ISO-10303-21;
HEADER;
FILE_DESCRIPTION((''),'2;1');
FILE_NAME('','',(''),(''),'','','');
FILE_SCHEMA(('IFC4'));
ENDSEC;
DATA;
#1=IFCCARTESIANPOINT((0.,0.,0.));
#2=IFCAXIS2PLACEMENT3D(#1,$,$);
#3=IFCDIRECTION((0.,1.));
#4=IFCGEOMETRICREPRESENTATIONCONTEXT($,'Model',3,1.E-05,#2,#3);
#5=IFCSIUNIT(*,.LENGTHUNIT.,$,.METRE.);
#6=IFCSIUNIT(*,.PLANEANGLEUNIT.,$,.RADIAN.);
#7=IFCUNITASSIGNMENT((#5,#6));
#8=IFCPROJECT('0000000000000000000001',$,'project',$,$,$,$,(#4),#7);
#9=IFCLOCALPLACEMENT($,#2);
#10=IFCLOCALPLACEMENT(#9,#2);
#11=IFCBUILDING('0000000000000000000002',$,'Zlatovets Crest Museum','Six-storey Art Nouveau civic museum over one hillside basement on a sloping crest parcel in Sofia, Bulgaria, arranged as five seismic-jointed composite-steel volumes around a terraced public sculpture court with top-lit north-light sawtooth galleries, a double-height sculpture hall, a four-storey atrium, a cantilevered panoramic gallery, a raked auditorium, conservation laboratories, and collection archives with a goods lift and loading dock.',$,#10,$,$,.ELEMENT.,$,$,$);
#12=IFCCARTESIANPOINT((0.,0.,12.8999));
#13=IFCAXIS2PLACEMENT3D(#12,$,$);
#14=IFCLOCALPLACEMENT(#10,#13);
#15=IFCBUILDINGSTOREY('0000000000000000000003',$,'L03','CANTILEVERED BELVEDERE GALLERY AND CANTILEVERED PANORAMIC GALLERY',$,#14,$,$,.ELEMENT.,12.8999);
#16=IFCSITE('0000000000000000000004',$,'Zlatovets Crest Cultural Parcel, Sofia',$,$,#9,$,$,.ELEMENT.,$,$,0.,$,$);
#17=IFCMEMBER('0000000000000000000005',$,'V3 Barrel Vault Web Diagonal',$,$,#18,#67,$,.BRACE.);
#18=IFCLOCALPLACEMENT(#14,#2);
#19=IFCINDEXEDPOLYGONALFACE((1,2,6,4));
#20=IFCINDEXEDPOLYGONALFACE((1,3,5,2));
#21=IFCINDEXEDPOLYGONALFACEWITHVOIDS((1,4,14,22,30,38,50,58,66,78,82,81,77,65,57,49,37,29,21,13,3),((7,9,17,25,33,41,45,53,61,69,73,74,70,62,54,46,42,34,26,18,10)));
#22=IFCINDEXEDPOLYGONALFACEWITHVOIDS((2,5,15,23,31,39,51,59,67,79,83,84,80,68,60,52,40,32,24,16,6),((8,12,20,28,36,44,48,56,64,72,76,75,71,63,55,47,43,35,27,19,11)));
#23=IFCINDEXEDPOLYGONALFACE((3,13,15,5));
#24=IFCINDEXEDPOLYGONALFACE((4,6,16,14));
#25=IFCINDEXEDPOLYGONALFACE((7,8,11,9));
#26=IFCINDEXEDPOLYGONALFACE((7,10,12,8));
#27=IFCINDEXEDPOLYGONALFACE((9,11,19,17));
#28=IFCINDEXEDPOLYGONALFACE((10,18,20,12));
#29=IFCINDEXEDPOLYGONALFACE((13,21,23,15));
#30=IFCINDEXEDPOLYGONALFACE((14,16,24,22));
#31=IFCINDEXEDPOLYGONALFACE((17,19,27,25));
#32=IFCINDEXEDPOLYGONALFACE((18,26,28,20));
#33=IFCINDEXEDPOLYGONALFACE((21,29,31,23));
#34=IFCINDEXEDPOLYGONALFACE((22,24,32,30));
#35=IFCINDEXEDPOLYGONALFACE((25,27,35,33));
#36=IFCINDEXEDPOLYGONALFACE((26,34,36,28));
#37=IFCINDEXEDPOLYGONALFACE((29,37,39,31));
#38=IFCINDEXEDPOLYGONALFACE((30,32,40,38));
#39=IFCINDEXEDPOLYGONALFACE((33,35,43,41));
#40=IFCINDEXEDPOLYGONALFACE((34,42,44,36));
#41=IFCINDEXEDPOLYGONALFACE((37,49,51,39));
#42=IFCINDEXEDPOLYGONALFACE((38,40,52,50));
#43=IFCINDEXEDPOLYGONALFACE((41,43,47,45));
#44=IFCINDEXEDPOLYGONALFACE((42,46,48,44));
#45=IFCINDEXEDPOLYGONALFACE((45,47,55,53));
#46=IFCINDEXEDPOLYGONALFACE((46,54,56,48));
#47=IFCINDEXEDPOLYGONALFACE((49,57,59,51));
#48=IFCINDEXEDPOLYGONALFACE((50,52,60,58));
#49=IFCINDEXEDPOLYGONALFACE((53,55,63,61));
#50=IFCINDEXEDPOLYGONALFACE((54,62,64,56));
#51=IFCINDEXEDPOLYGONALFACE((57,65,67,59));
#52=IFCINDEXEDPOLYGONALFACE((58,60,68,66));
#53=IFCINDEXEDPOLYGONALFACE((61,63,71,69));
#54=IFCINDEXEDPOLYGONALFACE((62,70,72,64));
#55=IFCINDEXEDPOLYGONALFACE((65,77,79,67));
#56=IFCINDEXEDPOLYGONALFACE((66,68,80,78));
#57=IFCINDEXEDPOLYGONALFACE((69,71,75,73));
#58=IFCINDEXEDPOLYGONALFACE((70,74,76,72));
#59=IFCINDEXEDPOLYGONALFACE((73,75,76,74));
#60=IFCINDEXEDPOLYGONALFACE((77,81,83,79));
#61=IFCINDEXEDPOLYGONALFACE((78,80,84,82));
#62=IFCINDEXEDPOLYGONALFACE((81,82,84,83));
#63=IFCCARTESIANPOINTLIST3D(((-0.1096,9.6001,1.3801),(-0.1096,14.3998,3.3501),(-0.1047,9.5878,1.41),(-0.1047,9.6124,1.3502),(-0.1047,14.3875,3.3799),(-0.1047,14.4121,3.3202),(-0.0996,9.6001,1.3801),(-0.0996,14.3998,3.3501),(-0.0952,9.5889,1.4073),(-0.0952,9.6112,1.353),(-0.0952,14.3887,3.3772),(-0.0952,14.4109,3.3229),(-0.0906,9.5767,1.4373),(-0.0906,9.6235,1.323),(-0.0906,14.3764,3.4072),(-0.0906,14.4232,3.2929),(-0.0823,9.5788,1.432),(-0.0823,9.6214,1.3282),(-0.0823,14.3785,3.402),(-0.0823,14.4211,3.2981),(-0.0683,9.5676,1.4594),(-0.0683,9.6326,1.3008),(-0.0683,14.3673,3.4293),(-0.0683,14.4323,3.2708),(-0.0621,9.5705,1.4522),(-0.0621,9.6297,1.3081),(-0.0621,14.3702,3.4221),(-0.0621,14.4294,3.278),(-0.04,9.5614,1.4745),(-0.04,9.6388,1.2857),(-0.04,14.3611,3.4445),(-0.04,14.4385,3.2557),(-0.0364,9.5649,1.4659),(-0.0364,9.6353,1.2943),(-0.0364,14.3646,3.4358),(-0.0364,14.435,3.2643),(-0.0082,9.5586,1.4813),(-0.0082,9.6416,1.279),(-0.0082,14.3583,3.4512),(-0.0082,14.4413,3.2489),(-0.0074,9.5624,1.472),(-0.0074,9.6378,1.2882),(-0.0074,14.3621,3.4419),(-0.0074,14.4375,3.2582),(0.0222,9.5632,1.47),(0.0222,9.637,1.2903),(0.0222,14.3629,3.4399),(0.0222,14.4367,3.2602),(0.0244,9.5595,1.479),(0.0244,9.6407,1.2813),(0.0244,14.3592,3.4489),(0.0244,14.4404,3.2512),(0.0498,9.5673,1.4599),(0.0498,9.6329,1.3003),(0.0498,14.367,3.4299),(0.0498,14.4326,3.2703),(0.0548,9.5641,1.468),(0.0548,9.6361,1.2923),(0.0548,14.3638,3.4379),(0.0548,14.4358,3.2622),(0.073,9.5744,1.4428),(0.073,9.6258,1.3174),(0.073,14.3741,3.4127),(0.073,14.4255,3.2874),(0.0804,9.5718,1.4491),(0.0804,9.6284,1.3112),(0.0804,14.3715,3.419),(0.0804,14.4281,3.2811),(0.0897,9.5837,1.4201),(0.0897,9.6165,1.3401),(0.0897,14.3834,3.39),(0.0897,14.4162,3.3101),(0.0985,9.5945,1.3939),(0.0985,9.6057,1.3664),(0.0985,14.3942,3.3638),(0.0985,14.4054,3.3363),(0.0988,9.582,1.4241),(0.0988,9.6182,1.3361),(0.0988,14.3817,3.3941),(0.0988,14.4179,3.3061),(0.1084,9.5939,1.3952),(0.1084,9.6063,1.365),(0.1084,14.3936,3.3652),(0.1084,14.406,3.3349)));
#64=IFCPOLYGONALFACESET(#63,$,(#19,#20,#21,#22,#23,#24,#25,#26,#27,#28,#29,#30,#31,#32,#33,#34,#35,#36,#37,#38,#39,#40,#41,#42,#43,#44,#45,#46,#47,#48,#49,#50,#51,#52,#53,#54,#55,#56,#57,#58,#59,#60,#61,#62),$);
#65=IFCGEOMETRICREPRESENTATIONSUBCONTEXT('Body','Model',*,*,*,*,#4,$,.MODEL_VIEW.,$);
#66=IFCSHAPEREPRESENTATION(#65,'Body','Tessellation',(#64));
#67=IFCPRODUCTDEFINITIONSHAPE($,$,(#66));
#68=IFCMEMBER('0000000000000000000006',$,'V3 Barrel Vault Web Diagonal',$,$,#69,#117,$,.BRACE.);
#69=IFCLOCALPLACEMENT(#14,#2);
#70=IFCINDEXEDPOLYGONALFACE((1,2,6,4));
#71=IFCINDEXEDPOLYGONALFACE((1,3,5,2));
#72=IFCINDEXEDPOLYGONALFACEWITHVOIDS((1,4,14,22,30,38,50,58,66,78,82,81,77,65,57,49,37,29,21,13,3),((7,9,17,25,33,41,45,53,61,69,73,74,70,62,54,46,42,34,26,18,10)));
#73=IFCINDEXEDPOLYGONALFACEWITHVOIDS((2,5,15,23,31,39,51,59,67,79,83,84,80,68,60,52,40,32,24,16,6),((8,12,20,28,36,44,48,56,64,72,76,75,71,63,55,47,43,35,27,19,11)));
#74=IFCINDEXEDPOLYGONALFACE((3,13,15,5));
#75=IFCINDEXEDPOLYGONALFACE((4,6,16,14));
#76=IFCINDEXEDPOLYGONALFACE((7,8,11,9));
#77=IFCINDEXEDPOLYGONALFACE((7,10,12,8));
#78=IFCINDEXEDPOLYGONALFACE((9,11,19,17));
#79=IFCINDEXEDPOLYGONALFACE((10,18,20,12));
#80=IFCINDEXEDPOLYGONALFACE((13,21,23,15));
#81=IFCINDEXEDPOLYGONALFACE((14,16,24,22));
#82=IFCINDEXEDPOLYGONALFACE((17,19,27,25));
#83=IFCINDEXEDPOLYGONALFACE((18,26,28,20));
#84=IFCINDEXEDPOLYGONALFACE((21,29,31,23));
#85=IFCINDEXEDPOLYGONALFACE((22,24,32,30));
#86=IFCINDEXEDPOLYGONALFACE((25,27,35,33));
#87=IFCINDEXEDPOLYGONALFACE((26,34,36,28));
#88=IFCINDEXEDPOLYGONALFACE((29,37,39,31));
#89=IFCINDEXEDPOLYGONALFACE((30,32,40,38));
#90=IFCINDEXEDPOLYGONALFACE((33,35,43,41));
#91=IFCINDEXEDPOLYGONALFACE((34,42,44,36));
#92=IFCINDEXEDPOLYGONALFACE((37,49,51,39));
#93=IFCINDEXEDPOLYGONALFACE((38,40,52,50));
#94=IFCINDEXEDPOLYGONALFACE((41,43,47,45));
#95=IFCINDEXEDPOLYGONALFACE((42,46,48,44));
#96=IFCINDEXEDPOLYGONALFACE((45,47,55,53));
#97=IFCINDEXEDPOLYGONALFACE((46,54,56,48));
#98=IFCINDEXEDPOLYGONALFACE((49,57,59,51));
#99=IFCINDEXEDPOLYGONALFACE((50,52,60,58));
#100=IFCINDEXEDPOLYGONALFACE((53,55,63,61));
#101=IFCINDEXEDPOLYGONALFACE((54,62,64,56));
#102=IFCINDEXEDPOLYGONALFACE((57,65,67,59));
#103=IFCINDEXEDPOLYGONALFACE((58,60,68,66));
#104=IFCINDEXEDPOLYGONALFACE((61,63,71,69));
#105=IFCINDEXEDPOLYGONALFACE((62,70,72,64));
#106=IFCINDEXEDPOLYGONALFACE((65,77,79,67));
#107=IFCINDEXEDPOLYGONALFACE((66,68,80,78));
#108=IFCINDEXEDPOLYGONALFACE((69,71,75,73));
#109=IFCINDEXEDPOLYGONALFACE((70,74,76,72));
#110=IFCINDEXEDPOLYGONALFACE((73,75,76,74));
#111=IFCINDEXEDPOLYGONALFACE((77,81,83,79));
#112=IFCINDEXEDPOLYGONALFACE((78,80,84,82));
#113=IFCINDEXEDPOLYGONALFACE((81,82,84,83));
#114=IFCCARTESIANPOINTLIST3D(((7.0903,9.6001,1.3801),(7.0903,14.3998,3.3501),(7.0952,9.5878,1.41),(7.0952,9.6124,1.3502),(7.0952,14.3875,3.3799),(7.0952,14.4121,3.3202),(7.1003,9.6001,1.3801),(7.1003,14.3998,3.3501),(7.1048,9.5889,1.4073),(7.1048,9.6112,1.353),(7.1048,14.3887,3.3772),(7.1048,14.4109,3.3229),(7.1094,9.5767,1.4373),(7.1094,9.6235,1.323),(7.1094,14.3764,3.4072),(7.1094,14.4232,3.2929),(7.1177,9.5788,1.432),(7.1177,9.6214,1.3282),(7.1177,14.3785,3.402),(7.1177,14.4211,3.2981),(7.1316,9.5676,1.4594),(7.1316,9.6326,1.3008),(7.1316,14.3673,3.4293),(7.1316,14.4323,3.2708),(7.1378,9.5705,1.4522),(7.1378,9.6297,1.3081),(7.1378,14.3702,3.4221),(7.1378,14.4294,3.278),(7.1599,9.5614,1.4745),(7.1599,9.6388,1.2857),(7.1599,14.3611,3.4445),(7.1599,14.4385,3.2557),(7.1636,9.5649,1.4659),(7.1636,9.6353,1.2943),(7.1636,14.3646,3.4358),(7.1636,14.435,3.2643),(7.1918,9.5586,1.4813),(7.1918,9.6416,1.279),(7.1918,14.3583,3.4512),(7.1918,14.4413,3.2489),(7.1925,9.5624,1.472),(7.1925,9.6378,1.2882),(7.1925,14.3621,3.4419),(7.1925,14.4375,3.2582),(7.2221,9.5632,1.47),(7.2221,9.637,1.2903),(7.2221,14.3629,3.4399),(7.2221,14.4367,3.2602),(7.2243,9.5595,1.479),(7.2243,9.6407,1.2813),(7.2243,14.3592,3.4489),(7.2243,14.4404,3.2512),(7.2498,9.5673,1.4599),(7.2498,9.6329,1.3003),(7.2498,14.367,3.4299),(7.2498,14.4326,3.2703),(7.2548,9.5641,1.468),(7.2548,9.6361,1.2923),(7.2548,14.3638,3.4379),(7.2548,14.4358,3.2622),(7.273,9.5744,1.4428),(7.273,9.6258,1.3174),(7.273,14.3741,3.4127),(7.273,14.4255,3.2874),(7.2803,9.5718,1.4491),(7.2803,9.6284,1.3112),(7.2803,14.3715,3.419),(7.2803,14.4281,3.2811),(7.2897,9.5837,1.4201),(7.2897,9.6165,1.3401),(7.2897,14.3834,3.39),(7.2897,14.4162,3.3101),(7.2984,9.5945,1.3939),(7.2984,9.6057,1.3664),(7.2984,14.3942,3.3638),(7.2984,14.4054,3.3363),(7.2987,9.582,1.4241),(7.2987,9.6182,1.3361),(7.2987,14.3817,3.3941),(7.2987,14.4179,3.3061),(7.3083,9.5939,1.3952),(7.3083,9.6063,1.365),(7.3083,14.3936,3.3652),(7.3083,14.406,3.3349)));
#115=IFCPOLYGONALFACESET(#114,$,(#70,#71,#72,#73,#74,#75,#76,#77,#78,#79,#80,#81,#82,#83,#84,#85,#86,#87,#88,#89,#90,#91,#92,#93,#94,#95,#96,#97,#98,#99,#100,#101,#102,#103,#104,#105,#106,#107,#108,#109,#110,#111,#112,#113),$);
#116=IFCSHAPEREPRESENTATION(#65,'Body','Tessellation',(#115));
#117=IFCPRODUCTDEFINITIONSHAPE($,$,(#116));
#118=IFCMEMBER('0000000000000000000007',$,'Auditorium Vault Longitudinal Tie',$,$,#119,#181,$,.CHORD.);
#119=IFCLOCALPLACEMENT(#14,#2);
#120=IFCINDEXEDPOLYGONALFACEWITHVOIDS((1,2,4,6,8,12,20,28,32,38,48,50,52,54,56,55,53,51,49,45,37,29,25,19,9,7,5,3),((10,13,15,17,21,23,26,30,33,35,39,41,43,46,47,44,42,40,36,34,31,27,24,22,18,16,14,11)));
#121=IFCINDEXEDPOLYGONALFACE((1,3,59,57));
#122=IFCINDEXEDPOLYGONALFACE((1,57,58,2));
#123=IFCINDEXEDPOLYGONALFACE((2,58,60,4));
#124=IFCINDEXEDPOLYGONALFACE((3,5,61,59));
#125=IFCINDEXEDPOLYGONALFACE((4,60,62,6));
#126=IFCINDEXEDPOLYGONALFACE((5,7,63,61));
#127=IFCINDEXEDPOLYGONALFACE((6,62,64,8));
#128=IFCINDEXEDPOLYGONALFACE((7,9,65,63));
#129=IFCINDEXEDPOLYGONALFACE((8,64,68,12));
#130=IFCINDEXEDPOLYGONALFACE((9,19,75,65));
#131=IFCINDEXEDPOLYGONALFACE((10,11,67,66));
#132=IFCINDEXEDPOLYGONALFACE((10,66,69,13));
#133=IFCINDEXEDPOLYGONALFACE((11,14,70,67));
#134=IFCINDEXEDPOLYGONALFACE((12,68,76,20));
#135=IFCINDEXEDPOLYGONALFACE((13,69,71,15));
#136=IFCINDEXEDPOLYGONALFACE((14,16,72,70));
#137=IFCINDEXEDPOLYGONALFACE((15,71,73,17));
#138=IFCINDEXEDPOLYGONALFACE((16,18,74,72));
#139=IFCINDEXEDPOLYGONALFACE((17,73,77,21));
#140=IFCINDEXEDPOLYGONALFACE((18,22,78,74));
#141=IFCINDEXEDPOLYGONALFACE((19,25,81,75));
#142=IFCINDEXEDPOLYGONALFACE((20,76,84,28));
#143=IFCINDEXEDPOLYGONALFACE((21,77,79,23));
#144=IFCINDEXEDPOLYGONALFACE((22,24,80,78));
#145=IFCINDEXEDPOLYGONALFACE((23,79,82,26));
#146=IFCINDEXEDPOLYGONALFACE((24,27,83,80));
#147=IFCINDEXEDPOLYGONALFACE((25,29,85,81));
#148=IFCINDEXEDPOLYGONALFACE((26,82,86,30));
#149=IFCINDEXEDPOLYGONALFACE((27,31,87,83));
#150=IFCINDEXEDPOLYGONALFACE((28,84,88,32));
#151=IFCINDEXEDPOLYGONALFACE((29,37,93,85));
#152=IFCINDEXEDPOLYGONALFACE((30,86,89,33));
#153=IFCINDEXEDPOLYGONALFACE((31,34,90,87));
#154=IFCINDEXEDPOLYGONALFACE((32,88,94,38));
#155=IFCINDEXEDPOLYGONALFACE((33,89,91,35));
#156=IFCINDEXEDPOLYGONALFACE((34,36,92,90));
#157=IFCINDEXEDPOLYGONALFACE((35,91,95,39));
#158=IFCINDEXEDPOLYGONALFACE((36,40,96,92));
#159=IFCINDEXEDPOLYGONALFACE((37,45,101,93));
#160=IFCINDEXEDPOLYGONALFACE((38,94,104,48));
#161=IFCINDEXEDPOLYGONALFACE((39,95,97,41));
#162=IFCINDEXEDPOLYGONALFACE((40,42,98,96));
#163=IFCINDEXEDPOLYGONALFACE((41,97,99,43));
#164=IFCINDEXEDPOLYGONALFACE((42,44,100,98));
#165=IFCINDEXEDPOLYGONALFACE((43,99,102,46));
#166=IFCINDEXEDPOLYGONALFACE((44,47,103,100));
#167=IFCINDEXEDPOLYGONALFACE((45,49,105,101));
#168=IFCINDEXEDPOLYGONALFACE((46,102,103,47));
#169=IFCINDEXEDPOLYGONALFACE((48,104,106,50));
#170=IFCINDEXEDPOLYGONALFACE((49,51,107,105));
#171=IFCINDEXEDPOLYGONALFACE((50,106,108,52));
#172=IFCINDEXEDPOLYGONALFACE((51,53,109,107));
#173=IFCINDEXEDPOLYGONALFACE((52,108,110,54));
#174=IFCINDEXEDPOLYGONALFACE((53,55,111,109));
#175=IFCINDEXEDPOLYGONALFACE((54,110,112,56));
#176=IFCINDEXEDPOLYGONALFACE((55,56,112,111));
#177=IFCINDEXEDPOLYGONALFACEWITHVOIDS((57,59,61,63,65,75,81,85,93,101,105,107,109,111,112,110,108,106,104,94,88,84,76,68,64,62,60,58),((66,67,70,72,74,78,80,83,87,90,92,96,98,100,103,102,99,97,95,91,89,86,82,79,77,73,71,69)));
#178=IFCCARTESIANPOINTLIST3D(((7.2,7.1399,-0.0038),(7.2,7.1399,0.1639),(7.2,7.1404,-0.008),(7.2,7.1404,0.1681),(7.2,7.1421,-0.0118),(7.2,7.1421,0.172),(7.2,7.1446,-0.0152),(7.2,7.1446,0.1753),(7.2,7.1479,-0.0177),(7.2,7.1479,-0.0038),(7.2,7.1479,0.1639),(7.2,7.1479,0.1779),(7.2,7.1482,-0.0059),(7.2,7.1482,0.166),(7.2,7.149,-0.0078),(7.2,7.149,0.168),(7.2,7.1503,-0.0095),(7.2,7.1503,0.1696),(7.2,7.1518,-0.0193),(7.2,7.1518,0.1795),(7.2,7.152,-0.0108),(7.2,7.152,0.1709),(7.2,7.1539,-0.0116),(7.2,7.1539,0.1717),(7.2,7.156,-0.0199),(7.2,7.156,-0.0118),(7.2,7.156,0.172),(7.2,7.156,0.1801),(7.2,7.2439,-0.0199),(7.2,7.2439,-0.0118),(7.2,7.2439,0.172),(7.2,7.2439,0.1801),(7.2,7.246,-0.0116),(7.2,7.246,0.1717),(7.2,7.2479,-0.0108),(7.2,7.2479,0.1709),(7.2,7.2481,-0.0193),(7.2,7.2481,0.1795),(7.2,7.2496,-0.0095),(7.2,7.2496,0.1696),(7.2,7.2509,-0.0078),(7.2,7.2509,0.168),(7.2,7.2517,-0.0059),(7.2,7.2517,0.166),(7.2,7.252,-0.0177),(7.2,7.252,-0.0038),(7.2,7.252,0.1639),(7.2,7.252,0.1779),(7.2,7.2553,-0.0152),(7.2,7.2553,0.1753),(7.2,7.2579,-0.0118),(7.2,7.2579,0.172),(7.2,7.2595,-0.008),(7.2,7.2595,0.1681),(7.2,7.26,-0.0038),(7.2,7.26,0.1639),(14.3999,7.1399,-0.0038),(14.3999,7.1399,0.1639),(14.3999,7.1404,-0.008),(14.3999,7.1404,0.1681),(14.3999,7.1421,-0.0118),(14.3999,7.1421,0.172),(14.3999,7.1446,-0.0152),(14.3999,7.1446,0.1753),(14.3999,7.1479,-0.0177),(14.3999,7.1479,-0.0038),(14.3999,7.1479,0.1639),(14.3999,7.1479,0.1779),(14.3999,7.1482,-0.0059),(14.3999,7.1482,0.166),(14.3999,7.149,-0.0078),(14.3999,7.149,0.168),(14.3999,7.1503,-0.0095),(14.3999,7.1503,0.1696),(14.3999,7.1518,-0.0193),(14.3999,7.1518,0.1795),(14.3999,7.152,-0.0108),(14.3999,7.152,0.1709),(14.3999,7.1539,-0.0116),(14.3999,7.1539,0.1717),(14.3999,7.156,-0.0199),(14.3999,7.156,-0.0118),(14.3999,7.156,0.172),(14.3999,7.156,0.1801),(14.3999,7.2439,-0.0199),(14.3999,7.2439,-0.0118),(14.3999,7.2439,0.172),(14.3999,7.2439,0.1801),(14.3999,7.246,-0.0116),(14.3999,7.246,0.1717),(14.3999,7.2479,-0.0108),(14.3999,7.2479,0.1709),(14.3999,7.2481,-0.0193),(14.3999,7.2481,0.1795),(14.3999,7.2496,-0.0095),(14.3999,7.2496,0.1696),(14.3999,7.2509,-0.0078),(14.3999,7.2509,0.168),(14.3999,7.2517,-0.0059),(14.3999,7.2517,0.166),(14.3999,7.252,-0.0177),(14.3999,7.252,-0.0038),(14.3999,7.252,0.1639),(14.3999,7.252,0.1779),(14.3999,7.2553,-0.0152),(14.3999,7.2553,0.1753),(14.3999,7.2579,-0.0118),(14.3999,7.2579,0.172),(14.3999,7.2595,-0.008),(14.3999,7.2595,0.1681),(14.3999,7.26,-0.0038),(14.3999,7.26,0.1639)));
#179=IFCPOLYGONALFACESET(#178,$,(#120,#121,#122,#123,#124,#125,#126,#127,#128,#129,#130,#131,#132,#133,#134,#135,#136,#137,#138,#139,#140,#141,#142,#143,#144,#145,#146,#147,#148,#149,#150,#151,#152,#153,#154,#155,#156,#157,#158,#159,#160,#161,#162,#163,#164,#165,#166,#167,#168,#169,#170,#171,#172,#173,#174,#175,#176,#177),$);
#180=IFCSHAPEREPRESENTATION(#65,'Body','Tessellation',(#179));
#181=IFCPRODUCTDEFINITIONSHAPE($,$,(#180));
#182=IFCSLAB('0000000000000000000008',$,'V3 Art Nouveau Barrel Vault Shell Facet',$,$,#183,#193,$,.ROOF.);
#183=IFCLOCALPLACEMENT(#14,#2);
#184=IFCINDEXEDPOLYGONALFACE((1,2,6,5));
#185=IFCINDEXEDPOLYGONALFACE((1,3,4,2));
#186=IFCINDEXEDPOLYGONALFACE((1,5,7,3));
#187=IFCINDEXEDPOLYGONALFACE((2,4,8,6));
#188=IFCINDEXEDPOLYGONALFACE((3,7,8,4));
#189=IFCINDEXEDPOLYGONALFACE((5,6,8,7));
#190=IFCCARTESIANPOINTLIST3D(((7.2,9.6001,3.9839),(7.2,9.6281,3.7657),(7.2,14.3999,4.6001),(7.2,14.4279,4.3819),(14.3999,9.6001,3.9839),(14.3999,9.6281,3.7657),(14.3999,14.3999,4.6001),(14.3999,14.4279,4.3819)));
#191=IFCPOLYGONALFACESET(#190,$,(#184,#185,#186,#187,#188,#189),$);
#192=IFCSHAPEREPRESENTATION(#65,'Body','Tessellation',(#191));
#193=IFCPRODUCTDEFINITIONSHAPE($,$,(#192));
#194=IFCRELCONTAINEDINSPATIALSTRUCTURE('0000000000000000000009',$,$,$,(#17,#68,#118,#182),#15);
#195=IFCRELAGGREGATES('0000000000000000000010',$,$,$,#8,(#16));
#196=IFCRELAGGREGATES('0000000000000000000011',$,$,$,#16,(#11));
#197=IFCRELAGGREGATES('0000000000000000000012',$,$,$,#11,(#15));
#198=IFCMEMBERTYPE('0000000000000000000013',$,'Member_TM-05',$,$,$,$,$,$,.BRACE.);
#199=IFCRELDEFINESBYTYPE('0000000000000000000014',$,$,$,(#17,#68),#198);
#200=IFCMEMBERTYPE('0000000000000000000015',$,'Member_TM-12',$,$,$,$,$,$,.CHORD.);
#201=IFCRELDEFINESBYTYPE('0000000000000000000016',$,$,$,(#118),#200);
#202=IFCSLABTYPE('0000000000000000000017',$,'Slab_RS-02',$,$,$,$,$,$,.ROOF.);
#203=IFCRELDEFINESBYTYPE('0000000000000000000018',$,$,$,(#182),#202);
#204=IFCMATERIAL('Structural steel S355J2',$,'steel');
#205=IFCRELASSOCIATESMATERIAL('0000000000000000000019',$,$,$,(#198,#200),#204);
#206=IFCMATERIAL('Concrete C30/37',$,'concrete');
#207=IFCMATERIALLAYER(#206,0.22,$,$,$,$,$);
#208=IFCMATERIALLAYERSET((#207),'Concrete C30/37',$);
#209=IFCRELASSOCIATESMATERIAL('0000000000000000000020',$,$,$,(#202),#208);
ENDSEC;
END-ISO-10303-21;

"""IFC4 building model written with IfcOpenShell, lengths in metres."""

from ifc_helpers import new_model, si_unit, direction, frame, origin, origin_2d, place, context, subcontext, project, spatial, polyline, hollow_rectangle, hollow_circle, outline, extrude, material, layer, layer_set, material_profile, profile_set, type_object, element, save


model = new_model("IFC4")

# Units and contexts
model_context = context("Model", 3, precision=1e-05, world=origin(), true_north=direction((0.0, 1.0)))
body_context = subcontext(model_context, "Body", "Model", "MODEL_VIEW")
ifc_project = project(units=[si_unit("LENGTHUNIT", "METRE"), si_unit("PLANEANGLEUNIT", "RADIAN")], contexts=[model_context])

# Site, building, storey
site_placement = place(None, origin())
site = spatial("IfcSite", under=ifc_project, at=site_placement, Name="Zlatovets Crest Cultural Parcel, Sofia", CompositionType="ELEMENT", RefElevation=0.0)
building_placement = place(site_placement, origin())
building = spatial("IfcBuilding", under=site, at=building_placement, Name="Zlatovets Crest Museum", Description="Six-storey Art Nouveau civic museum over one hillside basement on a sloping crest parcel in Sofia, Bulgaria, arranged as five seismic-jointed composite-steel volumes around a terraced public sculpture court with top-lit north-light sawtooth galleries, a double-height sculpture hall, a four-storey atrium, a cantilevered panoramic gallery, a raked auditorium, conservation laboratories, and collection archives with a goods lift and loading dock.", CompositionType="ELEMENT")
storey_placement = place(building_placement, frame((0.0, 0.0, 12.8999)))
storey = spatial("IfcBuildingStorey", under=building, at=storey_placement, Name="L03", Description="CANTILEVERED BELVEDERE GALLERY AND CANTILEVERED PANORAMIC GALLERY", CompositionType="ELEMENT", Elevation=12.8999)

# Shared definitions
ifc_material_1 = material(Name="Structural steel S355J2", Category="steel")

# Members
ifc_material_profile_1 = material_profile(ifc_material_1, hollow_circle(Radius=0.1096, WallThickness=0.01, at=origin_2d()), Name="CHS 219.1x10.0")
ifc_profile_set_1 = profile_set([ifc_material_profile_1], Name="Structural steel S355J2")
member_type_1 = type_object("IfcMemberType", Name="Member_TM-05", PredefinedType="BRACE", material=ifc_profile_set_1)
for number, where, z_axis, x_axis, name in (
    (1, (0.0, 9.6001, 1.3801), (0.0, 0.925113, 0.379692), (-1.0, 0.0, 0.0), "V3 Barrel Vault Web Diagonal"),
    (2, (7.2, 9.6001, 1.3801), (0.0, 0.925113, 0.379692), (-1.0, 0.0, 0.0), "V3 Barrel Vault Web Diagonal"),
):
    element("IfcMember", number, at=place(storey_placement, frame(where, z_axis=z_axis, x_axis=x_axis)), inside=storey, type_object=member_type_1, Name=name, PredefinedType="BRACE", context=body_context, shape_type="SweptSolid", body=[
        extrude(hollow_circle(Radius=0.1096, WallThickness=0.01, at=origin_2d()), origin(), (0.0, 0.0, 1.0), 5.1882),
    ])
ifc_material_profile_2 = material_profile(ifc_material_1, hollow_rectangle(XDim=0.1201, YDim=0.2, WallThickness=0.0081, InnerFilletRadius=0.0081, OuterFilletRadius=0.0161, at=origin_2d()), Name="RHS 120x200x8.0")
ifc_profile_set_2 = profile_set([ifc_material_profile_2], Name="Structural steel S355J2")
member_type_2 = type_object("IfcMemberType", Name="Member_TM-12", PredefinedType="CHORD", material=ifc_profile_set_2)
member_1_placement = place(storey_placement, frame((7.2, 7.2, 0.0801), z_axis=(1.0, 0.0, 0.0), x_axis=(0.0, 1.0, 0.0)))
element("IfcMember", 3, at=member_1_placement, inside=storey, type_object=member_type_2, Name="Auditorium Vault Longitudinal Tie", PredefinedType="CHORD", context=body_context, shape_type="SweptSolid", body=[
    extrude(hollow_rectangle(XDim=0.1201, YDim=0.2, WallThickness=0.0081, InnerFilletRadius=0.0081, OuterFilletRadius=0.0161, at=origin_2d()), origin(), (0.0, 0.0, 1.0), 7.2),
])

# Slab
ifc_material_2 = material(Name="Concrete C30/37", Category="concrete")
ifc_layer = layer(ifc_material_2, 0.22)
ifc_layer_set = layer_set([ifc_layer], Name="Concrete C30/37")
slab_type = type_object("IfcSlabType", Name="Slab_RS-02", PredefinedType="ROOF", material=ifc_layer_set)
slab_1_placement = place(storey_placement, frame((7.2, 9.6001, 3.9839), z_axis=(0.0, -0.127337, 0.991859), x_axis=(1.0, 0.0, 0.0)))
element("IfcSlab", 4, at=slab_1_placement, inside=storey, type_object=slab_type, Name="V3 Art Nouveau Barrel Vault Shell Facet", PredefinedType="ROOF", context=body_context, shape_type="SweptSolid", body=[
    extrude(outline(polyline([(0.0, 0.0), (7.2, 0.0), (7.2, 4.8392), (0.0, 4.8392), (0.0, 0.0)])), origin(), (0.0, 0.0, -1.0), 0.22),
])

save(model, "model.ifc")
